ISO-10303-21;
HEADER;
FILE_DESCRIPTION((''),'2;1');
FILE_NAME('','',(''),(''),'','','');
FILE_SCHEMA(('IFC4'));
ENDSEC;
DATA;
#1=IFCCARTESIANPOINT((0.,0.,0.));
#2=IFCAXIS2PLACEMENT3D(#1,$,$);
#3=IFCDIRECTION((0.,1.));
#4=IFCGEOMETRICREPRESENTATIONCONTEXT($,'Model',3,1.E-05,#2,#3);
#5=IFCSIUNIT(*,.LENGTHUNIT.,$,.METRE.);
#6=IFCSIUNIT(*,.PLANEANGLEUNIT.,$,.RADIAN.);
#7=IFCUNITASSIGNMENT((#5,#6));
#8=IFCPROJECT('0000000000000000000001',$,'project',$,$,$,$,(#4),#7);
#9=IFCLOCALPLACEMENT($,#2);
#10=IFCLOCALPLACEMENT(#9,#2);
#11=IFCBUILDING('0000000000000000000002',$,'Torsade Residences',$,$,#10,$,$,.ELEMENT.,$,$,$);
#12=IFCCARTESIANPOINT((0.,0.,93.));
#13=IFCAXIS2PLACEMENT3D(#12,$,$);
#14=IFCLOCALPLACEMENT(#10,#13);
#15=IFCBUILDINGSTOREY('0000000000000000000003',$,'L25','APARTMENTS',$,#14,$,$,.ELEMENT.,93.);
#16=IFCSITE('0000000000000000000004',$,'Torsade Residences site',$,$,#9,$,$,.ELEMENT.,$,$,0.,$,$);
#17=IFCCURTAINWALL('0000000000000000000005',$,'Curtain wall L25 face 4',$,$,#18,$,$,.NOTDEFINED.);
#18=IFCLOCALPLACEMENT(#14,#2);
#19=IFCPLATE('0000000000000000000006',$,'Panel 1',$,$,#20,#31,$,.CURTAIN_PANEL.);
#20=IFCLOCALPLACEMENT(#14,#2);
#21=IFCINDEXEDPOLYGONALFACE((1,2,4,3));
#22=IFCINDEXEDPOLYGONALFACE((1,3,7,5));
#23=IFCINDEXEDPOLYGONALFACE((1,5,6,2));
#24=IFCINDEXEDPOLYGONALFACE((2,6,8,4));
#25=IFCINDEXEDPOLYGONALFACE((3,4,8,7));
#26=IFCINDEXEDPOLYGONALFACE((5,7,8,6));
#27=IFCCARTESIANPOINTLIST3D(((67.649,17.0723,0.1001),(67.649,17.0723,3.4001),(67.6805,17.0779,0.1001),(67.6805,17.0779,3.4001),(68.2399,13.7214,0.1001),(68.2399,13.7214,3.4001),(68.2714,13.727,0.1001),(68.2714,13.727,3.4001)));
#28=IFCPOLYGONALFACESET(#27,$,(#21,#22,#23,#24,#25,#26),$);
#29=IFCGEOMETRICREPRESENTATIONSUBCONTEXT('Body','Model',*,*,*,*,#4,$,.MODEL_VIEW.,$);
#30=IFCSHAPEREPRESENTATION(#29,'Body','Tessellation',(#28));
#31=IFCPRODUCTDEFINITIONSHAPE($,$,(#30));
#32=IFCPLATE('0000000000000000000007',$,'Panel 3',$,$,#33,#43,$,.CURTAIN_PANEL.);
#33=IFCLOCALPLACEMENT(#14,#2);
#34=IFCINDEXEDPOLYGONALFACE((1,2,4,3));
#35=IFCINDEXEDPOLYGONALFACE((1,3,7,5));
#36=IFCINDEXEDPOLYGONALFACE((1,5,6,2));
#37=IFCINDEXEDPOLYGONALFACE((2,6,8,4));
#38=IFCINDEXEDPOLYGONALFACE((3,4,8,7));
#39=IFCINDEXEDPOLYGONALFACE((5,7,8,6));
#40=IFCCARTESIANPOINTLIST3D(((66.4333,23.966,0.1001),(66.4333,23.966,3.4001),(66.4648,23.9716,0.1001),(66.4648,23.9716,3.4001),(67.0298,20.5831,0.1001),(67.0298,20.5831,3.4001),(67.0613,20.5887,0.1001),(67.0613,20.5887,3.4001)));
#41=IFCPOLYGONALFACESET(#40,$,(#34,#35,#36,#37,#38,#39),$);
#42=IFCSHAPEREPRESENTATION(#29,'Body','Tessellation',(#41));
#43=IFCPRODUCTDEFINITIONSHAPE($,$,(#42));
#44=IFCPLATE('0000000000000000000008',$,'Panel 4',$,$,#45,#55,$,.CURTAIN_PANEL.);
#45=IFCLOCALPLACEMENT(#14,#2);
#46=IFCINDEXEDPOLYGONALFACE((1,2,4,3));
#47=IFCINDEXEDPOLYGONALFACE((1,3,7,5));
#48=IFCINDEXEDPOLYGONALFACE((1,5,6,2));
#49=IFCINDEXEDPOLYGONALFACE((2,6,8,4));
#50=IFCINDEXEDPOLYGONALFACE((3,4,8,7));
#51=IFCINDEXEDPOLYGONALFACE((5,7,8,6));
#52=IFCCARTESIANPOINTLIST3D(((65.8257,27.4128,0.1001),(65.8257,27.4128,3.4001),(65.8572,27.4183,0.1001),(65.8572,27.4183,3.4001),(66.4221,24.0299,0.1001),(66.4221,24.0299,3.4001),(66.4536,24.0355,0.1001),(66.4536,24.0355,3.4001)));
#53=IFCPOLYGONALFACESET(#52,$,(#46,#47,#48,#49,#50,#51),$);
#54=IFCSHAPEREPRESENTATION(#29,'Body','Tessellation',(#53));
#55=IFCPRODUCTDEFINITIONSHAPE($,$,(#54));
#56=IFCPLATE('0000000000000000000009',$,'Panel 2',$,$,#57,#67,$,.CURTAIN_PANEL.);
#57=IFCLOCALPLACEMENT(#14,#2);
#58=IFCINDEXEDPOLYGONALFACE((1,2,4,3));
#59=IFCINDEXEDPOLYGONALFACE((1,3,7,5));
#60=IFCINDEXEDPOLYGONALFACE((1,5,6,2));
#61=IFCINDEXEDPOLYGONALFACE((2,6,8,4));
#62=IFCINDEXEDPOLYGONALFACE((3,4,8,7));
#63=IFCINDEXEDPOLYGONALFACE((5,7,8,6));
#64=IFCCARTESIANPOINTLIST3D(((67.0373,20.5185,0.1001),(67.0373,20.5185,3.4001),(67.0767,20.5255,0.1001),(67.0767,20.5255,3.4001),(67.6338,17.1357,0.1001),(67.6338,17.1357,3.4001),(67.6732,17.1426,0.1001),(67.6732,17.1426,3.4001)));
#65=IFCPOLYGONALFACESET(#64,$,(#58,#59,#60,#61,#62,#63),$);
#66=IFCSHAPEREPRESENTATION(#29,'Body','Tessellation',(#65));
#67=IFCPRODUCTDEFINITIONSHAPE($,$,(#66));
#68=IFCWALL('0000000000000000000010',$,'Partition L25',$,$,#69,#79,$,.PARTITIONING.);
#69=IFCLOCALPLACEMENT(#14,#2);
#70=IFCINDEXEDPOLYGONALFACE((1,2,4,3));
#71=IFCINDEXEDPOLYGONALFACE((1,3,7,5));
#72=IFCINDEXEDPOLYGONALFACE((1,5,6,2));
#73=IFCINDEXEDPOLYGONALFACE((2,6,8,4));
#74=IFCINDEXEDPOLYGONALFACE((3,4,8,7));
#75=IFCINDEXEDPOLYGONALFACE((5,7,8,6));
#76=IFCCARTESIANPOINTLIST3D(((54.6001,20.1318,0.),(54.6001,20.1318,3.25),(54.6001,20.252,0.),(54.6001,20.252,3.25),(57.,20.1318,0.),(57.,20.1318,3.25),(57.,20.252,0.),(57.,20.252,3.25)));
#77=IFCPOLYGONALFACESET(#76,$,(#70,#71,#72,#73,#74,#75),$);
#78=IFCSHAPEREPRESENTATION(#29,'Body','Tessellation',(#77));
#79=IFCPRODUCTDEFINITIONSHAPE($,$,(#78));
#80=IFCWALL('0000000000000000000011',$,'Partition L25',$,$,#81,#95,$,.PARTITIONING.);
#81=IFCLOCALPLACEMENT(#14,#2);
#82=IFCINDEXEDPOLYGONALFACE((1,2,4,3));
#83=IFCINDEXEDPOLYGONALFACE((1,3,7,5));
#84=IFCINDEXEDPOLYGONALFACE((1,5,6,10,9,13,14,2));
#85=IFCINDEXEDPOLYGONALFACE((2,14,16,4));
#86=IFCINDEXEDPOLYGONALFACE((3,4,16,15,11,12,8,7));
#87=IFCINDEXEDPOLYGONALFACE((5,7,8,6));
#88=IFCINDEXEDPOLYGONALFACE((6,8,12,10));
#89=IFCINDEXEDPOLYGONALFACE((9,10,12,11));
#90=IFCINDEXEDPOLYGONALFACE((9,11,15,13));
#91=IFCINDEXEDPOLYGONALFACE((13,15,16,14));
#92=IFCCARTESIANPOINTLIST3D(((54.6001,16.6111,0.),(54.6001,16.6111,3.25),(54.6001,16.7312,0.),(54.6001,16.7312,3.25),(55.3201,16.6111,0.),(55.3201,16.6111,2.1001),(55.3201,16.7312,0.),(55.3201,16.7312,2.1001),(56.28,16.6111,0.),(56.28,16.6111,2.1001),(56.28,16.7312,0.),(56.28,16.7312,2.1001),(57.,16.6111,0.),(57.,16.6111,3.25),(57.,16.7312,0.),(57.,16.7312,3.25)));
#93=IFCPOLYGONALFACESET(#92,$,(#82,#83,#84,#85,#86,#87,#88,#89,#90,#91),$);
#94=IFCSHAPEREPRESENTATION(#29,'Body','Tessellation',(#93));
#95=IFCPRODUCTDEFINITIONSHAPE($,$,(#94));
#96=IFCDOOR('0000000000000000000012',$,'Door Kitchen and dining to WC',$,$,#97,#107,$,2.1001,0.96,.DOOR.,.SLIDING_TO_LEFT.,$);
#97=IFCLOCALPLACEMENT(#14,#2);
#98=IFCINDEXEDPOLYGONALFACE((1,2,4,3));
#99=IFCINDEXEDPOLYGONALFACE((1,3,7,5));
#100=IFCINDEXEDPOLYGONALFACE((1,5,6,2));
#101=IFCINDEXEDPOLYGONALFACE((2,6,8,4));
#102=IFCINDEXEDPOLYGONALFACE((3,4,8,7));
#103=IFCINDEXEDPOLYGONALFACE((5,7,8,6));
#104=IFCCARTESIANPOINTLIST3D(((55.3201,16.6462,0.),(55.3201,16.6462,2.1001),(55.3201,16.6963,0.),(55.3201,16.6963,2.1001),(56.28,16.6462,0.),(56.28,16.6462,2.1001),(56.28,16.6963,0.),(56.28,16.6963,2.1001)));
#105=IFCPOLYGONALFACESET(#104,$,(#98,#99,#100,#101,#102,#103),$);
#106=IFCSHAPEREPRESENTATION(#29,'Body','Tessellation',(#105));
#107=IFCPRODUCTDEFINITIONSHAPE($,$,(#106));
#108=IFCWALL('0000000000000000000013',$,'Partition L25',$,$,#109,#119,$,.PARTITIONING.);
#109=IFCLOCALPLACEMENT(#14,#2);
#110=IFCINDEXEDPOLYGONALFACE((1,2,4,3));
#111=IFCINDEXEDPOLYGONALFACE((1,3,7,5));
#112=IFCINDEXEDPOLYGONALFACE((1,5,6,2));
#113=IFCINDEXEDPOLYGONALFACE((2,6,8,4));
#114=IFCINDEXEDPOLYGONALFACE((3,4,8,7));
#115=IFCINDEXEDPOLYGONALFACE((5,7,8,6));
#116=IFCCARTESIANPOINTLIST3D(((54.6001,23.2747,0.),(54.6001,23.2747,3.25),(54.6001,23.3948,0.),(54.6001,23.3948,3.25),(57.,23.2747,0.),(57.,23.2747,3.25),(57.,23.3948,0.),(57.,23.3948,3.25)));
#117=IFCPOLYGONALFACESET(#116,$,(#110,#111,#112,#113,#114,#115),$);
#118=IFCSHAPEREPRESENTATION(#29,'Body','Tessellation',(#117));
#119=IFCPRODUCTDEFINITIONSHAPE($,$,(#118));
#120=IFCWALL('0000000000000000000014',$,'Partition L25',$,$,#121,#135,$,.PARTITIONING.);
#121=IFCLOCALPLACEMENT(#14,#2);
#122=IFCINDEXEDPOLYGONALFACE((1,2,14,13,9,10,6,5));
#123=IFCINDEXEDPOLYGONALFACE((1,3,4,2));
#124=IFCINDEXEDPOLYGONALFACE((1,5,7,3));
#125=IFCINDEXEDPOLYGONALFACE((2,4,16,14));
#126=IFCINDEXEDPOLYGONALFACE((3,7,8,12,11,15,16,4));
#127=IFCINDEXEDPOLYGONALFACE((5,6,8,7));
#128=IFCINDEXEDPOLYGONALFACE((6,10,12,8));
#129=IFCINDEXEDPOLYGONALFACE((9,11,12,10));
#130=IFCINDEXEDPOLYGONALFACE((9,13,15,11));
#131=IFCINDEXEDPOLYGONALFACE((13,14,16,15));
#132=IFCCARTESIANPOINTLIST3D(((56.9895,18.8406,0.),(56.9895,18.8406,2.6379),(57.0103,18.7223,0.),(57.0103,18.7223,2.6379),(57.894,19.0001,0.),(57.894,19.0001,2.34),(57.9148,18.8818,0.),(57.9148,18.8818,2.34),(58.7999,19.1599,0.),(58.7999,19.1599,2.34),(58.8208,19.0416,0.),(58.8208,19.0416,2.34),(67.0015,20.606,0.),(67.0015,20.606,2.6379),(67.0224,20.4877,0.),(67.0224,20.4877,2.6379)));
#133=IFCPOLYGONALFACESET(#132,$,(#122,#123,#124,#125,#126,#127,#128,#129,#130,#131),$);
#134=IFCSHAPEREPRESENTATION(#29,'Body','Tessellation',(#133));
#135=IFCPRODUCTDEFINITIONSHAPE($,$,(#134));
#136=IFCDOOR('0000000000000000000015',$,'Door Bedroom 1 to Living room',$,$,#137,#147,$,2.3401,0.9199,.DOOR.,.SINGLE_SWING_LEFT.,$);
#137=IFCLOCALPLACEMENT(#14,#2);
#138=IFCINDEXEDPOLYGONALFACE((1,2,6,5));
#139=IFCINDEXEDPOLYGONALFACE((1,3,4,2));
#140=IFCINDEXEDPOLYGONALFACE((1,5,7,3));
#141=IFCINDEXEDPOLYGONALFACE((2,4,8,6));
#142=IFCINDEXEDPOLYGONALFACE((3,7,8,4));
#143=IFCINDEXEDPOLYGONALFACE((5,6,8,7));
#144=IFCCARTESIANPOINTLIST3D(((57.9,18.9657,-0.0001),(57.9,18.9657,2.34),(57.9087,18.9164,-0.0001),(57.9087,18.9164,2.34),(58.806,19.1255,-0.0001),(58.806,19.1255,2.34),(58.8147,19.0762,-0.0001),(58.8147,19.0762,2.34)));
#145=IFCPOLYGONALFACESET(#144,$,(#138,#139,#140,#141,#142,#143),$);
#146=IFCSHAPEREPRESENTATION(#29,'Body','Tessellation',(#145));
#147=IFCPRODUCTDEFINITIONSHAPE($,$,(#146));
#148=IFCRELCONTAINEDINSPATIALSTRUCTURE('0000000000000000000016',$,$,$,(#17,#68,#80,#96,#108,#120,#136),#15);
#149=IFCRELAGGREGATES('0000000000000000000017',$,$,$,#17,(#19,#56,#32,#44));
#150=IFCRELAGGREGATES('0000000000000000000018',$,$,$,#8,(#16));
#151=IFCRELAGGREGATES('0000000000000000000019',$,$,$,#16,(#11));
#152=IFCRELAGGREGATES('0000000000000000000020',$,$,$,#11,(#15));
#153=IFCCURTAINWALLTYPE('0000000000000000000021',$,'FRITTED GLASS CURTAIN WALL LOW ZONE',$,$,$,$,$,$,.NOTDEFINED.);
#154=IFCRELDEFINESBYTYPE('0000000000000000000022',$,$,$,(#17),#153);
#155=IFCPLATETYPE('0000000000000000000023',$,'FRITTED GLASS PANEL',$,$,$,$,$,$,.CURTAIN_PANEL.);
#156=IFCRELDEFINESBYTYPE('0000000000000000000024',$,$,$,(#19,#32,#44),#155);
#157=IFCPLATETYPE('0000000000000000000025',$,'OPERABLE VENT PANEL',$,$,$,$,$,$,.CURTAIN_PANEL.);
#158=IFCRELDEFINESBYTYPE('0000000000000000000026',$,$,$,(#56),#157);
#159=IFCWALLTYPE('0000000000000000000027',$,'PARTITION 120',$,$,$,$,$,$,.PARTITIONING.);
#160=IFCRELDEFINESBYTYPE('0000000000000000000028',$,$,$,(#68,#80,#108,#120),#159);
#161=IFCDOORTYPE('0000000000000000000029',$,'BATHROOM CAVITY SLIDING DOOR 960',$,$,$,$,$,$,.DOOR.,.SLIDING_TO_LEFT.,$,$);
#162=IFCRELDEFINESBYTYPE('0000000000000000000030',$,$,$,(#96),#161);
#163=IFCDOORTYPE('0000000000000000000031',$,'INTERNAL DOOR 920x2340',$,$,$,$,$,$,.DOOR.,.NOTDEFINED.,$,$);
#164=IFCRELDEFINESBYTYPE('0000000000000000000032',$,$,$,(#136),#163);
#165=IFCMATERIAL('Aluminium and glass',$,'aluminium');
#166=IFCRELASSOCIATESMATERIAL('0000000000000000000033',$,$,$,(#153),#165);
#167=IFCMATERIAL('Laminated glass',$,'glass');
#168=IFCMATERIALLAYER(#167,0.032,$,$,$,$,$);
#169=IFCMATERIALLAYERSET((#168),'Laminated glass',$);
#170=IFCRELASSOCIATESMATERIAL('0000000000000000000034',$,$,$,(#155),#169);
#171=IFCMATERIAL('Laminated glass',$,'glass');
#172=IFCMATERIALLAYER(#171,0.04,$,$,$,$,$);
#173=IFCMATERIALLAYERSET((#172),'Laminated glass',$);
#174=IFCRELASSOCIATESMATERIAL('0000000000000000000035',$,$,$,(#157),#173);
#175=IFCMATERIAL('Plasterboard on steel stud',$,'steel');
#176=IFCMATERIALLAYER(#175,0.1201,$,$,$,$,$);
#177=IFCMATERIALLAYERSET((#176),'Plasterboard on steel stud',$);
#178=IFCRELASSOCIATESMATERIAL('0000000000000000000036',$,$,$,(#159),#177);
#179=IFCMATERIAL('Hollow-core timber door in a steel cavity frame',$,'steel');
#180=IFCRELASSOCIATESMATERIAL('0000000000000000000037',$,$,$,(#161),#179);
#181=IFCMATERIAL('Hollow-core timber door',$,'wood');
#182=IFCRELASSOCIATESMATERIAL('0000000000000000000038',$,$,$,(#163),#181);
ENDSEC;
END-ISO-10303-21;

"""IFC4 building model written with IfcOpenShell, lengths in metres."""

from ifc_helpers import new_model, si_unit, direction, frame, frame_2d, origin, origin_2d, place, context, subcontext, project, spatial, rectangle, extrude, material, layer, layer_set, type_object, element, fill, aggregate, save


model = new_model("IFC4")

# Units and contexts
model_context = context("Model", 3, precision=1e-05, world=origin(), true_north=direction((0.0, 1.0)))
body_context = subcontext(model_context, "Body", "Model", "MODEL_VIEW")
ifc_project = project(units=[si_unit("LENGTHUNIT", "METRE"), si_unit("PLANEANGLEUNIT", "RADIAN")], contexts=[model_context])

# Site, building, storey
site_placement = place(None, origin())
site = spatial("IfcSite", under=ifc_project, at=site_placement, Name="Torsade Residences site", CompositionType="ELEMENT", RefElevation=0.0)
building_placement = place(site_placement, origin())
building = spatial("IfcBuilding", under=site, at=building_placement, Name="Torsade Residences", CompositionType="ELEMENT")
storey_placement = place(building_placement, frame((0.0, 0.0, 93.0)))
storey = spatial("IfcBuildingStorey", under=building, at=storey_placement, Name="L25", Description="APARTMENTS", CompositionType="ELEMENT", Elevation=93.0)

# Curtain wall
ifc_material_1 = material(Name="Aluminium and glass", Category="aluminium")
curtain_wall_type = type_object("IfcCurtainWallType", Name="FRITTED GLASS CURTAIN WALL LOW ZONE", PredefinedType="NOTDEFINED", material=ifc_material_1)
curtain_wall_placement = place(storey_placement, origin())
curtain_wall = element("IfcCurtainWall", 1, at=curtain_wall_placement, inside=storey, type_object=curtain_wall_type, Name="Curtain wall L25 face 4", PredefinedType="NOTDEFINED")

# Plates
ifc_material_2 = material(Name="Laminated glass", Category="glass")
ifc_layer_1 = layer(ifc_material_2, 0.032)
ifc_layer_set_1 = layer_set([ifc_layer_1], Name="Laminated glass")
plate_type_1 = type_object("IfcPlateType", Name="FRITTED GLASS PANEL", PredefinedType="CURTAIN_PANEL", material=ifc_layer_set_1)
plate_1_placement = place(storey_placement, frame((67.9602, 15.3997, 0.1001), z_axis=(0.0, 0.0, 1.0), x_axis=(-0.173648, 0.984808, 0.0)))
plate_1 = element("IfcPlate", 2, at=plate_1_placement, type_object=plate_type_1, Name="Panel 1", PredefinedType="CURTAIN_PANEL", context=body_context, shape_type="SweptSolid", body=[
    extrude(rectangle(XDim=3.4026, YDim=0.032, at=origin_2d()), origin(), (0.0, 0.0, 1.0), 3.3),
])
plate_2_placement = place(storey_placement, frame((66.7473, 22.2773, 0.1001), z_axis=(0.0, 0.0, 1.0), x_axis=(-0.173648, 0.984808, 0.0)))
plate_2 = element("IfcPlate", 3, at=plate_2_placement, type_object=plate_type_1, Name="Panel 3", PredefinedType="CURTAIN_PANEL", context=body_context, shape_type="SweptSolid", body=[
    extrude(rectangle(XDim=3.4351, YDim=0.032, at=origin_2d()), origin(), (0.0, 0.0, 1.0), 3.3),
])
plate_3_placement = place(storey_placement, frame((66.1396, 25.7241, 0.1001), z_axis=(0.0, 0.0, 1.0), x_axis=(-0.173648, 0.984808, 0.0)))
plate_3 = element("IfcPlate", 4, at=plate_3_placement, type_object=plate_type_1, Name="Panel 4", PredefinedType="CURTAIN_PANEL", context=body_context, shape_type="SweptSolid", body=[
    extrude(rectangle(XDim=3.4351, YDim=0.032, at=origin_2d()), origin(), (0.0, 0.0, 1.0), 3.3),
])
ifc_material_3 = material(Name="Laminated glass", Category="glass")
ifc_layer_2 = layer(ifc_material_3, 0.04)
ifc_layer_set_2 = layer_set([ifc_layer_2], Name="Laminated glass")
plate_type_2 = type_object("IfcPlateType", Name="OPERABLE VENT PANEL", PredefinedType="CURTAIN_PANEL", material=ifc_layer_set_2)
plate_4_placement = place(storey_placement, frame((67.3552, 18.8306, 0.1001), z_axis=(0.0, 0.0, 1.0), x_axis=(-0.173648, 0.984808, 0.0)))
plate_4 = element("IfcPlate", 5, at=plate_4_placement, type_object=plate_type_2, Name="Panel 2", PredefinedType="CURTAIN_PANEL", context=body_context, shape_type="SweptSolid", body=[
    extrude(rectangle(XDim=3.4351, YDim=0.04, at=origin_2d()), origin(), (0.0, 0.0, 1.0), 3.3),
])
aggregate(curtain_wall, [plate_1, plate_4, plate_2, plate_3])

# Wall
ifc_material_4 = material(Name="Plasterboard on steel stud", Category="steel")
ifc_layer_3 = layer(ifc_material_4, 0.1201)
ifc_layer_set_3 = layer_set([ifc_layer_3], Name="Plasterboard on steel stud")
wall_type_1 = type_object("IfcWallType", Name="PARTITION 120", PredefinedType="PARTITIONING", material=ifc_layer_set_3)
wall_1_placement = place(storey_placement, frame((54.6001, 20.1919, 0.0), z_axis=(0.0, 0.0, 1.0), x_axis=(1.0, 0.0, 0.0)))
element("IfcWall", 6, at=wall_1_placement, inside=storey, type_object=wall_type_1, Name="Partition L25", PredefinedType="PARTITIONING", context=body_context, shape_type="SweptSolid", body=[
    extrude(rectangle(XDim=2.3999, YDim=0.1201, at=frame_2d((1.2, 0.0))), origin(), (0.0, 0.0, 1.0), 3.25),
])

# Wall, opening, door
wall_2_placement = place(storey_placement, frame((57.0, 16.6711, 0.0), z_axis=(0.0, 0.0, 1.0), x_axis=(-1.0, 0.0, 0.0)))
wall_2 = element("IfcWall", 7, at=wall_2_placement, inside=storey, type_object=wall_type_1, Name="Partition L25", PredefinedType="PARTITIONING", context=body_context, shape_type="SweptSolid", body=[
    extrude(rectangle(XDim=2.3999, YDim=0.1201, at=frame_2d((1.2, 0.0))), origin(), (0.0, 0.0, 1.0), 3.25),
])
opening_1_placement = place(wall_2_placement, frame((0.72, 0.0, 0.0)))
opening_1 = element("IfcOpeningElement", 8, at=opening_1_placement, cuts=wall_2, PredefinedType="OPENING", context=body_context, shape_type="SweptSolid", body=[
    extrude(rectangle(XDim=0.96, YDim=2.1001, at=frame_2d((0.48, 1.05))), frame((0.0, 0.0701, 0.0), z_axis=(0.0, -1.0, 0.0), x_axis=(1.0, 0.0, 0.0)), (0.0, 0.0, 1.0), 0.1401),
])
ifc_material_5 = material(Name="Hollow-core timber door in a steel cavity frame", Category="steel")
door_type_1 = type_object("IfcDoorType", Name="BATHROOM CAVITY SLIDING DOOR 960", OperationType="SLIDING_TO_LEFT", PredefinedType="DOOR", material=ifc_material_5)
door_1_placement = place(opening_1_placement, origin())
door_1 = element("IfcDoor", 9, at=door_1_placement, inside=storey, type_object=door_type_1, Name="Door Kitchen and dining to WC", OperationType="SLIDING_TO_LEFT", OverallHeight=2.1001, OverallWidth=0.96, PredefinedType="DOOR", context=body_context, shape_type="SweptSolid", body=[
    extrude(rectangle(XDim=0.96, YDim=2.1001, at=frame_2d((0.48, 1.05))), frame((0.0, 0.0249, 0.0), z_axis=(0.0, -1.0, 0.0), x_axis=(1.0, 0.0, 0.0)), (0.0, 0.0, 1.0), 0.05),
])
fill(opening_1, door_1)

# Wall
wall_3_placement = place(storey_placement, frame((54.6001, 23.3347, 0.0), z_axis=(0.0, 0.0, 1.0), x_axis=(1.0, 0.0, 0.0)))
element("IfcWall", 10, at=wall_3_placement, inside=storey, type_object=wall_type_1, Name="Partition L25", PredefinedType="PARTITIONING", context=body_context, shape_type="SweptSolid", body=[
    extrude(rectangle(XDim=2.3999, YDim=0.1201, at=frame_2d((1.2, 0.0))), origin(), (0.0, 0.0, 1.0), 3.25),
])

# Wall, opening, door
wall_4_placement = place(storey_placement, frame((67.012, 20.5469, 0.0), z_axis=(0.0, 0.0, 1.0), x_axis=(-0.984808, -0.173648, 0.0)))
wall_4 = element("IfcWall", 11, at=wall_4_placement, inside=storey, type_object=wall_type_1, Name="Partition L25", PredefinedType="PARTITIONING", context=body_context, shape_type="SweptSolid", body=[
    extrude(rectangle(XDim=10.1665, YDim=0.1201, at=frame_2d((5.0833, 0.0))), origin(), (0.0, 0.0, 1.0), 2.6379),
])
opening_2_placement = place(wall_4_placement, frame((8.3281, 0.0, 0.0)))
opening_2 = element("IfcOpeningElement", 12, at=opening_2_placement, cuts=wall_4, PredefinedType="OPENING", context=body_context, shape_type="SweptSolid", body=[
    extrude(rectangle(XDim=0.9199, YDim=2.3401, at=frame_2d((0.46, 1.1699))), frame((0.0, 0.0701, 0.0), z_axis=(0.0, -1.0, 0.0), x_axis=(1.0, 0.0, 0.0)), (0.0, 0.0, 1.0), 0.1401),
])
ifc_material_6 = material(Name="Hollow-core timber door", Category="wood")
door_type_2 = type_object("IfcDoorType", Name="INTERNAL DOOR 920x2340", OperationType="NOTDEFINED", PredefinedType="DOOR", material=ifc_material_6)
door_2_placement = place(opening_2_placement, origin())
door_2 = element("IfcDoor", 13, at=door_2_placement, inside=storey, type_object=door_type_2, Name="Door Bedroom 1 to Living room", OperationType="SINGLE_SWING_LEFT", OverallHeight=2.3401, OverallWidth=0.9199, PredefinedType="DOOR", context=body_context, shape_type="SweptSolid", body=[
    extrude(rectangle(XDim=0.9199, YDim=2.3401, at=frame_2d((0.46, 1.1699))), frame((0.0, 0.0249, 0.0), z_axis=(0.0, -1.0, 0.0), x_axis=(1.0, 0.0, 0.0)), (0.0, 0.0, 1.0), 0.05),
])
fill(opening_2, door_2)

save(model, "model.ifc")
